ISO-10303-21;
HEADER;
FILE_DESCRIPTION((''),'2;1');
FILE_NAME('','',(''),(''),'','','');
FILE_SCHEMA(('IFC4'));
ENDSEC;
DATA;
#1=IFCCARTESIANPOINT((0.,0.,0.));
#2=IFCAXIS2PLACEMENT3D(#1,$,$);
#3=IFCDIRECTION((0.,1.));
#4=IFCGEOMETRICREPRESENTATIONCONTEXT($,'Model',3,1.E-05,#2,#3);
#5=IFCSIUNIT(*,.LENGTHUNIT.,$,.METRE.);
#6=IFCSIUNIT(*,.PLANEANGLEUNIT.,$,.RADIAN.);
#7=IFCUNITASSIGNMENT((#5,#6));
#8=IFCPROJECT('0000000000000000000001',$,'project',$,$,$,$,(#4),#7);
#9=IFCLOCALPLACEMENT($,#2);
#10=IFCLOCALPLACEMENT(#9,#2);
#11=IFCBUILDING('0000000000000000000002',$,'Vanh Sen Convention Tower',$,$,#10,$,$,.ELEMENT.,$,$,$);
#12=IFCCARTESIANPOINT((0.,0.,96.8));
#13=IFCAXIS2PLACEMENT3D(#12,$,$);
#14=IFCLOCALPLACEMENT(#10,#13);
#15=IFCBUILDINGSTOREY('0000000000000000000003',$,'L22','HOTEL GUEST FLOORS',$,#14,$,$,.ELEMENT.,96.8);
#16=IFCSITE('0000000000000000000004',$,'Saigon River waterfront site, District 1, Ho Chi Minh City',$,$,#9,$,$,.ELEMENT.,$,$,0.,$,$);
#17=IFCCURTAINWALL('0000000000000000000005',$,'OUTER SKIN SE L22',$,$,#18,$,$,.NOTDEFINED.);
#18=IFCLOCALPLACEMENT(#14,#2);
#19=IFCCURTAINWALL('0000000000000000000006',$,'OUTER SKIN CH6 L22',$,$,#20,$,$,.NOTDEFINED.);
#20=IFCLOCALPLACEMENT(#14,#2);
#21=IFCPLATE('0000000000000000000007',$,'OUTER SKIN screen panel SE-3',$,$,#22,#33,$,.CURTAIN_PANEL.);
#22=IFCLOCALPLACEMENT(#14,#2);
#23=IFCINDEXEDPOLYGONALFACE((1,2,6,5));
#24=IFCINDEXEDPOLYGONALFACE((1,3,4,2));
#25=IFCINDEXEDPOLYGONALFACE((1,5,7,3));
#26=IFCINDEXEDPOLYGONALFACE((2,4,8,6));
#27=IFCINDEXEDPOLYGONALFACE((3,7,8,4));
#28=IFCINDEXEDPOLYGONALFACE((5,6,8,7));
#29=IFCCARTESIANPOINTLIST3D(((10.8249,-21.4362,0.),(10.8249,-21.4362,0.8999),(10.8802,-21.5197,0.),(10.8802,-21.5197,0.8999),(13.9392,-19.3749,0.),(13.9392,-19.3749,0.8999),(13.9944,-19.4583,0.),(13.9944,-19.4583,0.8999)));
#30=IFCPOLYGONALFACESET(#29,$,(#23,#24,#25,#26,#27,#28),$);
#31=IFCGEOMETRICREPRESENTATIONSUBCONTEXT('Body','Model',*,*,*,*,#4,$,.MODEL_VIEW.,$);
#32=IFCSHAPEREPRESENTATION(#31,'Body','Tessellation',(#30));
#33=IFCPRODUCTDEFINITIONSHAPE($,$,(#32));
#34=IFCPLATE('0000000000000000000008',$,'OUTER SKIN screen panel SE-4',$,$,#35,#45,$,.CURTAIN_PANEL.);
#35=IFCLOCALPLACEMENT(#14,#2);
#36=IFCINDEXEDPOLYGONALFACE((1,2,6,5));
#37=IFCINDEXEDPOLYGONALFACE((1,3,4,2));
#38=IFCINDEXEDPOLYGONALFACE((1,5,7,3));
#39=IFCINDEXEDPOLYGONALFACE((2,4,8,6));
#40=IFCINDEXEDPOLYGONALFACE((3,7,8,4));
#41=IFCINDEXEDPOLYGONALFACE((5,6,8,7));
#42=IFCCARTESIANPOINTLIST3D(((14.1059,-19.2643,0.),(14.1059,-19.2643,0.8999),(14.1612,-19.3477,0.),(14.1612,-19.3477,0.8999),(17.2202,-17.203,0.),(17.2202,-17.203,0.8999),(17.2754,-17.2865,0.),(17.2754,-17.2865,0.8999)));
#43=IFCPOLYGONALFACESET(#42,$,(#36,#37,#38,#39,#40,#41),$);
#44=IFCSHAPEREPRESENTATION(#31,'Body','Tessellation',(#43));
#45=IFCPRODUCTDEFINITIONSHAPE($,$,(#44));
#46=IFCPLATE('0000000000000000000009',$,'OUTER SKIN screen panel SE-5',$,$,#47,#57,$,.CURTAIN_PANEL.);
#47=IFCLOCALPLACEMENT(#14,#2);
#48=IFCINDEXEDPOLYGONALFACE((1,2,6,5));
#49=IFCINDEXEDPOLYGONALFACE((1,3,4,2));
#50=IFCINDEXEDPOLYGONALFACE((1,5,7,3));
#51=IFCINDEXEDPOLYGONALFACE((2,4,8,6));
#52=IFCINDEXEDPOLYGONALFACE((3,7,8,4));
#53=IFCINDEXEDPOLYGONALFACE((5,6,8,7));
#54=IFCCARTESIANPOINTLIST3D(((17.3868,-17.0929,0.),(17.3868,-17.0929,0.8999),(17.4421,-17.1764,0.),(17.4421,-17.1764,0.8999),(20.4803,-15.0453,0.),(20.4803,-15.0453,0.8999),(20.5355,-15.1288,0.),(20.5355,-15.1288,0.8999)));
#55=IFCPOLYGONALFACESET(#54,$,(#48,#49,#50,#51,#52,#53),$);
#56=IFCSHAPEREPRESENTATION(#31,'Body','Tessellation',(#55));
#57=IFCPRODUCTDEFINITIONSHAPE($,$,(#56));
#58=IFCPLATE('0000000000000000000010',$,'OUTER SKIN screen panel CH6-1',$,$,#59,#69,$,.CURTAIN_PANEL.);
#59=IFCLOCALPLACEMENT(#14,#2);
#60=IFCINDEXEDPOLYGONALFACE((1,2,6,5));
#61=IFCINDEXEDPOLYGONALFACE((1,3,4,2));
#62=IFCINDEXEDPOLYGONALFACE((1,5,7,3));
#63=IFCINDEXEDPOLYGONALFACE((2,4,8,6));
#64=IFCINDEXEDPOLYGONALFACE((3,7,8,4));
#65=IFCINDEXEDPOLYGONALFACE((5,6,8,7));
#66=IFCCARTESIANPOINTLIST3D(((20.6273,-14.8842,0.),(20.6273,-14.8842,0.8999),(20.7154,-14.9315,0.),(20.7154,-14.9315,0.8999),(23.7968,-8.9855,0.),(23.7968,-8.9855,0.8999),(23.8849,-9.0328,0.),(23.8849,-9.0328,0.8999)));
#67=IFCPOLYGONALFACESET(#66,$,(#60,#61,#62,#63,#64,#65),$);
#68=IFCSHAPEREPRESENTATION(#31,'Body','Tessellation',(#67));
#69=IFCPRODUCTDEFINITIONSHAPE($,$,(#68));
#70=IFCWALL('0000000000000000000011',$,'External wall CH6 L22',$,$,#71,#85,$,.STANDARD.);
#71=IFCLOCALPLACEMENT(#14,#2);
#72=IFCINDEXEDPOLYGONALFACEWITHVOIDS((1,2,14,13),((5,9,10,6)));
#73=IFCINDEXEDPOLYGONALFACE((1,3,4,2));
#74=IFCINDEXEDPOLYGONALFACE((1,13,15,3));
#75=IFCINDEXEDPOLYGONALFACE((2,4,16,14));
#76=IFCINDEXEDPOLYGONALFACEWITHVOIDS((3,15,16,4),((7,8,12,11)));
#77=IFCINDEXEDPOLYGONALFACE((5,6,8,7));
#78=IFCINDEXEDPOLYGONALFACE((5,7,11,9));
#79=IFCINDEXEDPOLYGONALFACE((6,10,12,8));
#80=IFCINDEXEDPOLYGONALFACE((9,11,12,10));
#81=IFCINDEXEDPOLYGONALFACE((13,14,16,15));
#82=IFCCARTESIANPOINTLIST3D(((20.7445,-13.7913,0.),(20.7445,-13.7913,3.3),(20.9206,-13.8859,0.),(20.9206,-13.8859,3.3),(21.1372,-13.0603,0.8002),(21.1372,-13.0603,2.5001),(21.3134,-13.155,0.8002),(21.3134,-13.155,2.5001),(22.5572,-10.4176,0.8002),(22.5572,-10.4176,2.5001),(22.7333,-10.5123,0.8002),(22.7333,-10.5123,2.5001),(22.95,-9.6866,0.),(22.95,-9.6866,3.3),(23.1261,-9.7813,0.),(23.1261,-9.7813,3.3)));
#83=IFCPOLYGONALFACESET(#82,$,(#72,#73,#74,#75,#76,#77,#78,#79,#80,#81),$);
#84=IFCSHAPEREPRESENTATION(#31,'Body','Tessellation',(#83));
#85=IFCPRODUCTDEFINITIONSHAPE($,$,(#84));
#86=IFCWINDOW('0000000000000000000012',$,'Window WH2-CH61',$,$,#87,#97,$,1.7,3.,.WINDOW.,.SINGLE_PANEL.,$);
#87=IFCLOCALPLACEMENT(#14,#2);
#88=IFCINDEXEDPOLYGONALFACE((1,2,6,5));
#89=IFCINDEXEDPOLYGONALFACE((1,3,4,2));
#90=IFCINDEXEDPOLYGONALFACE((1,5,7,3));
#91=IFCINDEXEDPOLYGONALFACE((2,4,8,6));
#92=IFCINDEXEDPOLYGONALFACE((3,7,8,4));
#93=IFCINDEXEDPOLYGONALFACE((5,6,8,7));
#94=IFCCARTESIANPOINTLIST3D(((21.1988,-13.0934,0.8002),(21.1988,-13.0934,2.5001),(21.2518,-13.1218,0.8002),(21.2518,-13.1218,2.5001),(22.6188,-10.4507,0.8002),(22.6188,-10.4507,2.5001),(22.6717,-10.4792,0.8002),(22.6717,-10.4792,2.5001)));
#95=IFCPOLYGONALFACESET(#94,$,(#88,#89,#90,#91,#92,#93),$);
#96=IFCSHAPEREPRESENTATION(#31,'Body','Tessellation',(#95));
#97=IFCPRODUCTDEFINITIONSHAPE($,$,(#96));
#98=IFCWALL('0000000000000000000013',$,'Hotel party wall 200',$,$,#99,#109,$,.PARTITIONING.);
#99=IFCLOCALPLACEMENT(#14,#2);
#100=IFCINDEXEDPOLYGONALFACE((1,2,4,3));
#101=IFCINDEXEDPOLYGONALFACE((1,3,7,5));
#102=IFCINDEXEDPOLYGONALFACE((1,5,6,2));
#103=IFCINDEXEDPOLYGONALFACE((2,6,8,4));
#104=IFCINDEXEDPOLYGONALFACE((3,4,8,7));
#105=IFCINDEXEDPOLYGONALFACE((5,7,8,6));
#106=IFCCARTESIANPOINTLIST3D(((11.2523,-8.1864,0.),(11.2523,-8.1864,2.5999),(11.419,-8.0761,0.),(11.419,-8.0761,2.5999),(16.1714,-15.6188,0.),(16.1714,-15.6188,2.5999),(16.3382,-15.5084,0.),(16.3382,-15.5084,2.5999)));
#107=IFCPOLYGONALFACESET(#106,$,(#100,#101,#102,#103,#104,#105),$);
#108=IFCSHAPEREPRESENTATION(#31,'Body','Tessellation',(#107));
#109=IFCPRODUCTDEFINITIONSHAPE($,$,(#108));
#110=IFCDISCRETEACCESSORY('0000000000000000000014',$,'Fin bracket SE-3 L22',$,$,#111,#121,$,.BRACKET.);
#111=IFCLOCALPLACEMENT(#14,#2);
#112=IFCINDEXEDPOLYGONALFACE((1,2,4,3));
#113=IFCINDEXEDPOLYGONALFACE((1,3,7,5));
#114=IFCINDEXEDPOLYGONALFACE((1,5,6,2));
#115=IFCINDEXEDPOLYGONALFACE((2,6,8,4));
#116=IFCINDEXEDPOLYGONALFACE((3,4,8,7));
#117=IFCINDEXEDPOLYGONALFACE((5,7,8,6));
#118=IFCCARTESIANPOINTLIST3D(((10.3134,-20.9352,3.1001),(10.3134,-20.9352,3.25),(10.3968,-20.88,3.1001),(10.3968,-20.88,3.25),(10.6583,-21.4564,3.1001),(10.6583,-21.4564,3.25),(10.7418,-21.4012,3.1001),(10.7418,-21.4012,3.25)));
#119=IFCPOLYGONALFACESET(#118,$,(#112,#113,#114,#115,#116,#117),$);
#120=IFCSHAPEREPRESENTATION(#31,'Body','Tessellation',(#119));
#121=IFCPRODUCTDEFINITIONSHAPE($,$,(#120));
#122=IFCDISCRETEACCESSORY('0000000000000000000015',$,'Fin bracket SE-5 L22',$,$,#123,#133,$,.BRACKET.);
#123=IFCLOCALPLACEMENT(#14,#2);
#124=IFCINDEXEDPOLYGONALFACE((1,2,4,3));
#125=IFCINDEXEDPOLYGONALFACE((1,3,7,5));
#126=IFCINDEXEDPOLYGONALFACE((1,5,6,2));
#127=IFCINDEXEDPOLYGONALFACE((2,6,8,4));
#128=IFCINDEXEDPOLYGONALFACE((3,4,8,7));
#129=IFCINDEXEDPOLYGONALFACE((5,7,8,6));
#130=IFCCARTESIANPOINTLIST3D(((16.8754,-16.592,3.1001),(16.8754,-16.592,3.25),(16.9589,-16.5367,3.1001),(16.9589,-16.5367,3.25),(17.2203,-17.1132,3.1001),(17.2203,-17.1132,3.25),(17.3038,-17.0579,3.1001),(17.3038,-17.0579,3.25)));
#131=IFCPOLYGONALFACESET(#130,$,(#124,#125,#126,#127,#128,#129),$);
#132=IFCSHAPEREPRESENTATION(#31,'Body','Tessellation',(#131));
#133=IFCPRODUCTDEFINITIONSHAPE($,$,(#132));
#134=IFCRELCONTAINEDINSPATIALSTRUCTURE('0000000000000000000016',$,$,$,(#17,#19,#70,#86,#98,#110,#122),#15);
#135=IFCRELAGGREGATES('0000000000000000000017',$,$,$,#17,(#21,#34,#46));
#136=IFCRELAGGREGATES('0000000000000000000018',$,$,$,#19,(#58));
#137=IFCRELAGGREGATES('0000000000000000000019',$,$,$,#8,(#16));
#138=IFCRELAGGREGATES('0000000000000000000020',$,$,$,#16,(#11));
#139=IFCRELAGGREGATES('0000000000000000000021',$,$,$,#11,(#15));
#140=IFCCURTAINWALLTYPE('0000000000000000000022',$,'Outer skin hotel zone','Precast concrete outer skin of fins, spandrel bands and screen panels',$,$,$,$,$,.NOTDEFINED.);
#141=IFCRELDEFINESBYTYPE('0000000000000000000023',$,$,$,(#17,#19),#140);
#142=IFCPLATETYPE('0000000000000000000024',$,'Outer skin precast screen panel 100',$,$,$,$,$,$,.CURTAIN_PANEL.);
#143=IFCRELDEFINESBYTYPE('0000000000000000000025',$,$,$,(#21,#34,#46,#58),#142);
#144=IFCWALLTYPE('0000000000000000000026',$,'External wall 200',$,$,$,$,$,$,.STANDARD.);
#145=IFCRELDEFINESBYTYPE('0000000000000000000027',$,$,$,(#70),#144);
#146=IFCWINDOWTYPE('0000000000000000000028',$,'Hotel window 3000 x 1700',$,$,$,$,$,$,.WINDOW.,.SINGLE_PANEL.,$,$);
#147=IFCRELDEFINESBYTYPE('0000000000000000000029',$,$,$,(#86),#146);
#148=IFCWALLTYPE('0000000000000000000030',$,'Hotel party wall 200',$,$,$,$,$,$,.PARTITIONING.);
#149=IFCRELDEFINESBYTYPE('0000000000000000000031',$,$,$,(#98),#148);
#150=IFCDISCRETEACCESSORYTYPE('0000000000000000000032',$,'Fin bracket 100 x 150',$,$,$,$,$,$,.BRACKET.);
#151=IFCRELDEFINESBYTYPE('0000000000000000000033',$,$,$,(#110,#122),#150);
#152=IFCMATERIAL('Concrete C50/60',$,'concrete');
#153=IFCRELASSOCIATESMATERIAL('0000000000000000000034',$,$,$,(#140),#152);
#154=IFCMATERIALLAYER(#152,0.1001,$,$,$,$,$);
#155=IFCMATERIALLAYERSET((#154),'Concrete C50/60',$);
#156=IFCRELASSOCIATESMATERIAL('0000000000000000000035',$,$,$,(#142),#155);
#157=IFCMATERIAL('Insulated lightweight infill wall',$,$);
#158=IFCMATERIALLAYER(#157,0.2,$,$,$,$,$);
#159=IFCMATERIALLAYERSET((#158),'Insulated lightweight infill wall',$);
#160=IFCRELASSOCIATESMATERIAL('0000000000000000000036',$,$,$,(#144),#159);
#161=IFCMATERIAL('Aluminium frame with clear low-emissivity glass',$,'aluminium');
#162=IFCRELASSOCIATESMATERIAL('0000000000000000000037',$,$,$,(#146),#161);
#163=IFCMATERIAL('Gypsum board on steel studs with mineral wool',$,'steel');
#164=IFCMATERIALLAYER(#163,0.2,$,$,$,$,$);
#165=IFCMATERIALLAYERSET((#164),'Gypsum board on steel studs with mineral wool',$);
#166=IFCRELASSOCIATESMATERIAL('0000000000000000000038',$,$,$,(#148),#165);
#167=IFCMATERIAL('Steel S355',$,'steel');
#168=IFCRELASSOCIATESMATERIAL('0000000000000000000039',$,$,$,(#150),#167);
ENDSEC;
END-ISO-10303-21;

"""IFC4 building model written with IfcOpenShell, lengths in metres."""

from ifc_helpers import new_model, si_unit, direction, frame, frame_2d, origin, origin_2d, place, context, subcontext, project, spatial, rectangle, extrude, material, layer, layer_set, type_object, element, fill, aggregate, save


model = new_model("IFC4")

# Units and contexts
model_context = context("Model", 3, precision=1e-05, world=origin(), true_north=direction((0.0, 1.0)))
body_context = subcontext(model_context, "Body", "Model", "MODEL_VIEW")
ifc_project = project(units=[si_unit("LENGTHUNIT", "METRE"), si_unit("PLANEANGLEUNIT", "RADIAN")], contexts=[model_context])

# Site, building, storey
site_placement = place(None, origin())
site = spatial("IfcSite", under=ifc_project, at=site_placement, Name="Saigon River waterfront site, District 1, Ho Chi Minh City", CompositionType="ELEMENT", RefElevation=0.0)
building_placement = place(site_placement, origin())
building = spatial("IfcBuilding", under=site, at=building_placement, Name="Vanh Sen Convention Tower", CompositionType="ELEMENT")
storey_placement = place(building_placement, frame((0.0, 0.0, 96.8)))
storey = spatial("IfcBuildingStorey", under=building, at=storey_placement, Name="L22", Description="HOTEL GUEST FLOORS", CompositionType="ELEMENT", Elevation=96.8)

# Curtain wall
ifc_material_1 = material(Name="Concrete C50/60", Category="concrete")
curtain_wall_type = type_object("IfcCurtainWallType", Name="Outer skin hotel zone", Description="Precast concrete outer skin of fins, spandrel bands and screen panels", PredefinedType="NOTDEFINED", material=ifc_material_1)
curtain_wall_1_placement = place(storey_placement, origin())
curtain_wall_1 = element("IfcCurtainWall", 1, at=curtain_wall_1_placement, inside=storey, type_object=curtain_wall_type, Name="OUTER SKIN SE L22", PredefinedType="NOTDEFINED")

# Curtain wall
curtain_wall_2_placement = place(storey_placement, origin())
curtain_wall_2 = element("IfcCurtainWall", 2, at=curtain_wall_2_placement, inside=storey, type_object=curtain_wall_type, Name="OUTER SKIN CH6 L22", PredefinedType="NOTDEFINED")

# Plates
ifc_layer_1 = layer(ifc_material_1, 0.1001)
ifc_layer_set_1 = layer_set([ifc_layer_1], Name="Concrete C50/60")
plate_type = type_object("IfcPlateType", Name="Outer skin precast screen panel 100", PredefinedType="CURTAIN_PANEL", material=ifc_layer_set_1)
plate_1_placement = place(storey_placement, frame((12.4097, -20.4473, 0.0), z_axis=(0.0, 0.0, 1.0), x_axis=(0.83388, 0.551946, 0.0)))
plate_1 = element("IfcPlate", 3, at=plate_1_placement, type_object=plate_type, Name="OUTER SKIN screen panel SE-3", PredefinedType="CURTAIN_PANEL", context=body_context, shape_type="SweptSolid", body=[
    extrude(rectangle(XDim=3.7346, YDim=0.1001, at=origin_2d()), origin(), (0.0, 0.0, 1.0), 0.8999),
])
plate_2_placement = place(storey_placement, frame((15.6907, -18.2754, 0.0), z_axis=(0.0, 0.0, 1.0), x_axis=(0.833892, 0.551928, 0.0)))
plate_2 = element("IfcPlate", 4, at=plate_2_placement, type_object=plate_type, Name="OUTER SKIN screen panel SE-4", PredefinedType="CURTAIN_PANEL", context=body_context, shape_type="SweptSolid", body=[
    extrude(rectangle(XDim=3.7346, YDim=0.1001, at=origin_2d()), origin(), (0.0, 0.0, 1.0), 0.8999),
])
plate_3_placement = place(storey_placement, frame((18.9612, -16.1108, 0.0), z_axis=(0.0, 0.0, 1.0), x_axis=(0.83388, 0.551946, 0.0)))
plate_3 = element("IfcPlate", 5, at=plate_3_placement, type_object=plate_type, Name="OUTER SKIN screen panel SE-5", PredefinedType="CURTAIN_PANEL", context=body_context, shape_type="SweptSolid", body=[
    extrude(rectangle(XDim=3.7097, YDim=0.1001, at=origin_2d()), origin(), (0.0, 0.0, 1.0), 0.8999),
])
aggregate(curtain_wall_1, [plate_1, plate_2, plate_3])
plate_4_placement = place(storey_placement, frame((22.2561, -11.9585, 0.0), z_axis=(0.0, 0.0, 1.0), x_axis=(0.473323, 0.880889, 0.0)))
plate_4 = element("IfcPlate", 6, at=plate_4_placement, type_object=plate_type, Name="OUTER SKIN screen panel CH6-1", PredefinedType="CURTAIN_PANEL", context=body_context, shape_type="SweptSolid", body=[
    extrude(rectangle(XDim=6.6963, YDim=0.1001, at=origin_2d()), origin(), (0.0, 0.0, 1.0), 0.8999),
])
aggregate(curtain_wall_2, [plate_4])

# Wall, opening, window
ifc_material_2 = material(Name="Insulated lightweight infill wall")
ifc_layer_2 = layer(ifc_material_2, 0.2)
ifc_layer_set_2 = layer_set([ifc_layer_2], Name="Insulated lightweight infill wall")
wall_type_1 = type_object("IfcWallType", Name="External wall 200", PredefinedType="STANDARD", material=ifc_layer_set_2)
wall_1_placement = place(storey_placement, frame((20.8325, -13.8386, 0.0), z_axis=(0.0, 0.0, 1.0), x_axis=(0.473322, 0.88089, 0.0)))
wall_1 = element("IfcWall", 7, at=wall_1_placement, inside=storey, type_object=wall_type_1, Name="External wall CH6 L22", PredefinedType="STANDARD", context=body_context, shape_type="SweptSolid", body=[
    extrude(rectangle(XDim=4.6597, YDim=0.2, at=frame_2d((2.3298, 0.0))), origin(), (0.0, 0.0, 1.0), 3.3),
])
opening_placement = place(wall_1_placement, frame((0.8298, 0.0, 0.8)))
opening = element("IfcOpeningElement", 8, at=opening_placement, cuts=wall_1, PredefinedType="OPENING", context=body_context, shape_type="SweptSolid", body=[
    extrude(rectangle(XDim=3.0, YDim=1.7, at=frame_2d((1.5, 0.8501))), frame((0.0, 0.1099, 0.0), z_axis=(0.0, -1.0, 0.0), x_axis=(1.0, 0.0, 0.0)), (0.0, 0.0, 1.0), 0.22),
])
ifc_material_3 = material(Name="Aluminium frame with clear low-emissivity glass", Category="aluminium")
window_type = type_object("IfcWindowType", Name="Hotel window 3000 x 1700", PartitioningType="SINGLE_PANEL", PredefinedType="WINDOW", material=ifc_material_3)
window_placement = place(opening_placement, origin())
window = element("IfcWindow", 9, at=window_placement, inside=storey, type_object=window_type, Name="Window WH2-CH61", OverallHeight=1.7, OverallWidth=3.0, PartitioningType="SINGLE_PANEL", PredefinedType="WINDOW", context=body_context, shape_type="SweptSolid", body=[
    extrude(rectangle(XDim=3.0, YDim=1.7, at=frame_2d((1.5, 0.8501))), frame((0.0, 0.03, 0.0), z_axis=(0.0, -1.0, 0.0), x_axis=(1.0, 0.0, 0.0)), (0.0, 0.0, 1.0), 0.0601),
])
fill(opening, window)

# Wall
ifc_material_4 = material(Name="Gypsum board on steel studs with mineral wool", Category="steel")
ifc_layer_3 = layer(ifc_material_4, 0.2)
ifc_layer_set_3 = layer_set([ifc_layer_3], Name="Gypsum board on steel studs with mineral wool")
wall_type_2 = type_object("IfcWallType", Name="Hotel party wall 200", PredefinedType="PARTITIONING", material=ifc_layer_set_3)
wall_2_placement = place(storey_placement, frame((16.2549, -15.5637, 0.0), z_axis=(0.0, 0.0, 1.0), x_axis=(-0.551922, 0.833896, 0.0)))
element("IfcWall", 10, at=wall_2_placement, inside=storey, type_object=wall_type_2, Name="Hotel party wall 200", PredefinedType="PARTITIONING", context=body_context, shape_type="SweptSolid", body=[
    extrude(rectangle(XDim=8.9128, YDim=0.2, at=frame_2d((4.4565, 0.0))), origin(), (0.0, 0.0, 1.0), 2.5999),
])

# Discrete accessories
ifc_material_5 = material(Name="Steel S355", Category="steel")
discrete_accessory_type = type_object("IfcDiscreteAccessoryType", Name="Fin bracket 100 x 150", PredefinedType="BRACKET", material=ifc_material_5)
for number, where, z_axis, x_axis, name in (
    (11, (10.5276, -21.1682, 3.1001), (0.0, 0.0, 1.0), (0.551937, -0.833886, 0.0), "Fin bracket SE-3 L22"),
    (12, (17.0896, -16.825, 3.1001), (0.0, 0.0, 1.0), (0.551937, -0.833886, 0.0), "Fin bracket SE-5 L22"),
):
    element("IfcDiscreteAccessory", number, at=place(storey_placement, frame(where, z_axis=z_axis, x_axis=x_axis)), inside=storey, type_object=discrete_accessory_type, Name=name, PredefinedType="BRACKET", context=body_context, shape_type="SweptSolid", body=[
        extrude(rectangle(XDim=0.625, YDim=0.1001, at=origin_2d()), origin(), (0.0, 0.0, 1.0), 0.1499),
    ])

save(model, "model.ifc")
